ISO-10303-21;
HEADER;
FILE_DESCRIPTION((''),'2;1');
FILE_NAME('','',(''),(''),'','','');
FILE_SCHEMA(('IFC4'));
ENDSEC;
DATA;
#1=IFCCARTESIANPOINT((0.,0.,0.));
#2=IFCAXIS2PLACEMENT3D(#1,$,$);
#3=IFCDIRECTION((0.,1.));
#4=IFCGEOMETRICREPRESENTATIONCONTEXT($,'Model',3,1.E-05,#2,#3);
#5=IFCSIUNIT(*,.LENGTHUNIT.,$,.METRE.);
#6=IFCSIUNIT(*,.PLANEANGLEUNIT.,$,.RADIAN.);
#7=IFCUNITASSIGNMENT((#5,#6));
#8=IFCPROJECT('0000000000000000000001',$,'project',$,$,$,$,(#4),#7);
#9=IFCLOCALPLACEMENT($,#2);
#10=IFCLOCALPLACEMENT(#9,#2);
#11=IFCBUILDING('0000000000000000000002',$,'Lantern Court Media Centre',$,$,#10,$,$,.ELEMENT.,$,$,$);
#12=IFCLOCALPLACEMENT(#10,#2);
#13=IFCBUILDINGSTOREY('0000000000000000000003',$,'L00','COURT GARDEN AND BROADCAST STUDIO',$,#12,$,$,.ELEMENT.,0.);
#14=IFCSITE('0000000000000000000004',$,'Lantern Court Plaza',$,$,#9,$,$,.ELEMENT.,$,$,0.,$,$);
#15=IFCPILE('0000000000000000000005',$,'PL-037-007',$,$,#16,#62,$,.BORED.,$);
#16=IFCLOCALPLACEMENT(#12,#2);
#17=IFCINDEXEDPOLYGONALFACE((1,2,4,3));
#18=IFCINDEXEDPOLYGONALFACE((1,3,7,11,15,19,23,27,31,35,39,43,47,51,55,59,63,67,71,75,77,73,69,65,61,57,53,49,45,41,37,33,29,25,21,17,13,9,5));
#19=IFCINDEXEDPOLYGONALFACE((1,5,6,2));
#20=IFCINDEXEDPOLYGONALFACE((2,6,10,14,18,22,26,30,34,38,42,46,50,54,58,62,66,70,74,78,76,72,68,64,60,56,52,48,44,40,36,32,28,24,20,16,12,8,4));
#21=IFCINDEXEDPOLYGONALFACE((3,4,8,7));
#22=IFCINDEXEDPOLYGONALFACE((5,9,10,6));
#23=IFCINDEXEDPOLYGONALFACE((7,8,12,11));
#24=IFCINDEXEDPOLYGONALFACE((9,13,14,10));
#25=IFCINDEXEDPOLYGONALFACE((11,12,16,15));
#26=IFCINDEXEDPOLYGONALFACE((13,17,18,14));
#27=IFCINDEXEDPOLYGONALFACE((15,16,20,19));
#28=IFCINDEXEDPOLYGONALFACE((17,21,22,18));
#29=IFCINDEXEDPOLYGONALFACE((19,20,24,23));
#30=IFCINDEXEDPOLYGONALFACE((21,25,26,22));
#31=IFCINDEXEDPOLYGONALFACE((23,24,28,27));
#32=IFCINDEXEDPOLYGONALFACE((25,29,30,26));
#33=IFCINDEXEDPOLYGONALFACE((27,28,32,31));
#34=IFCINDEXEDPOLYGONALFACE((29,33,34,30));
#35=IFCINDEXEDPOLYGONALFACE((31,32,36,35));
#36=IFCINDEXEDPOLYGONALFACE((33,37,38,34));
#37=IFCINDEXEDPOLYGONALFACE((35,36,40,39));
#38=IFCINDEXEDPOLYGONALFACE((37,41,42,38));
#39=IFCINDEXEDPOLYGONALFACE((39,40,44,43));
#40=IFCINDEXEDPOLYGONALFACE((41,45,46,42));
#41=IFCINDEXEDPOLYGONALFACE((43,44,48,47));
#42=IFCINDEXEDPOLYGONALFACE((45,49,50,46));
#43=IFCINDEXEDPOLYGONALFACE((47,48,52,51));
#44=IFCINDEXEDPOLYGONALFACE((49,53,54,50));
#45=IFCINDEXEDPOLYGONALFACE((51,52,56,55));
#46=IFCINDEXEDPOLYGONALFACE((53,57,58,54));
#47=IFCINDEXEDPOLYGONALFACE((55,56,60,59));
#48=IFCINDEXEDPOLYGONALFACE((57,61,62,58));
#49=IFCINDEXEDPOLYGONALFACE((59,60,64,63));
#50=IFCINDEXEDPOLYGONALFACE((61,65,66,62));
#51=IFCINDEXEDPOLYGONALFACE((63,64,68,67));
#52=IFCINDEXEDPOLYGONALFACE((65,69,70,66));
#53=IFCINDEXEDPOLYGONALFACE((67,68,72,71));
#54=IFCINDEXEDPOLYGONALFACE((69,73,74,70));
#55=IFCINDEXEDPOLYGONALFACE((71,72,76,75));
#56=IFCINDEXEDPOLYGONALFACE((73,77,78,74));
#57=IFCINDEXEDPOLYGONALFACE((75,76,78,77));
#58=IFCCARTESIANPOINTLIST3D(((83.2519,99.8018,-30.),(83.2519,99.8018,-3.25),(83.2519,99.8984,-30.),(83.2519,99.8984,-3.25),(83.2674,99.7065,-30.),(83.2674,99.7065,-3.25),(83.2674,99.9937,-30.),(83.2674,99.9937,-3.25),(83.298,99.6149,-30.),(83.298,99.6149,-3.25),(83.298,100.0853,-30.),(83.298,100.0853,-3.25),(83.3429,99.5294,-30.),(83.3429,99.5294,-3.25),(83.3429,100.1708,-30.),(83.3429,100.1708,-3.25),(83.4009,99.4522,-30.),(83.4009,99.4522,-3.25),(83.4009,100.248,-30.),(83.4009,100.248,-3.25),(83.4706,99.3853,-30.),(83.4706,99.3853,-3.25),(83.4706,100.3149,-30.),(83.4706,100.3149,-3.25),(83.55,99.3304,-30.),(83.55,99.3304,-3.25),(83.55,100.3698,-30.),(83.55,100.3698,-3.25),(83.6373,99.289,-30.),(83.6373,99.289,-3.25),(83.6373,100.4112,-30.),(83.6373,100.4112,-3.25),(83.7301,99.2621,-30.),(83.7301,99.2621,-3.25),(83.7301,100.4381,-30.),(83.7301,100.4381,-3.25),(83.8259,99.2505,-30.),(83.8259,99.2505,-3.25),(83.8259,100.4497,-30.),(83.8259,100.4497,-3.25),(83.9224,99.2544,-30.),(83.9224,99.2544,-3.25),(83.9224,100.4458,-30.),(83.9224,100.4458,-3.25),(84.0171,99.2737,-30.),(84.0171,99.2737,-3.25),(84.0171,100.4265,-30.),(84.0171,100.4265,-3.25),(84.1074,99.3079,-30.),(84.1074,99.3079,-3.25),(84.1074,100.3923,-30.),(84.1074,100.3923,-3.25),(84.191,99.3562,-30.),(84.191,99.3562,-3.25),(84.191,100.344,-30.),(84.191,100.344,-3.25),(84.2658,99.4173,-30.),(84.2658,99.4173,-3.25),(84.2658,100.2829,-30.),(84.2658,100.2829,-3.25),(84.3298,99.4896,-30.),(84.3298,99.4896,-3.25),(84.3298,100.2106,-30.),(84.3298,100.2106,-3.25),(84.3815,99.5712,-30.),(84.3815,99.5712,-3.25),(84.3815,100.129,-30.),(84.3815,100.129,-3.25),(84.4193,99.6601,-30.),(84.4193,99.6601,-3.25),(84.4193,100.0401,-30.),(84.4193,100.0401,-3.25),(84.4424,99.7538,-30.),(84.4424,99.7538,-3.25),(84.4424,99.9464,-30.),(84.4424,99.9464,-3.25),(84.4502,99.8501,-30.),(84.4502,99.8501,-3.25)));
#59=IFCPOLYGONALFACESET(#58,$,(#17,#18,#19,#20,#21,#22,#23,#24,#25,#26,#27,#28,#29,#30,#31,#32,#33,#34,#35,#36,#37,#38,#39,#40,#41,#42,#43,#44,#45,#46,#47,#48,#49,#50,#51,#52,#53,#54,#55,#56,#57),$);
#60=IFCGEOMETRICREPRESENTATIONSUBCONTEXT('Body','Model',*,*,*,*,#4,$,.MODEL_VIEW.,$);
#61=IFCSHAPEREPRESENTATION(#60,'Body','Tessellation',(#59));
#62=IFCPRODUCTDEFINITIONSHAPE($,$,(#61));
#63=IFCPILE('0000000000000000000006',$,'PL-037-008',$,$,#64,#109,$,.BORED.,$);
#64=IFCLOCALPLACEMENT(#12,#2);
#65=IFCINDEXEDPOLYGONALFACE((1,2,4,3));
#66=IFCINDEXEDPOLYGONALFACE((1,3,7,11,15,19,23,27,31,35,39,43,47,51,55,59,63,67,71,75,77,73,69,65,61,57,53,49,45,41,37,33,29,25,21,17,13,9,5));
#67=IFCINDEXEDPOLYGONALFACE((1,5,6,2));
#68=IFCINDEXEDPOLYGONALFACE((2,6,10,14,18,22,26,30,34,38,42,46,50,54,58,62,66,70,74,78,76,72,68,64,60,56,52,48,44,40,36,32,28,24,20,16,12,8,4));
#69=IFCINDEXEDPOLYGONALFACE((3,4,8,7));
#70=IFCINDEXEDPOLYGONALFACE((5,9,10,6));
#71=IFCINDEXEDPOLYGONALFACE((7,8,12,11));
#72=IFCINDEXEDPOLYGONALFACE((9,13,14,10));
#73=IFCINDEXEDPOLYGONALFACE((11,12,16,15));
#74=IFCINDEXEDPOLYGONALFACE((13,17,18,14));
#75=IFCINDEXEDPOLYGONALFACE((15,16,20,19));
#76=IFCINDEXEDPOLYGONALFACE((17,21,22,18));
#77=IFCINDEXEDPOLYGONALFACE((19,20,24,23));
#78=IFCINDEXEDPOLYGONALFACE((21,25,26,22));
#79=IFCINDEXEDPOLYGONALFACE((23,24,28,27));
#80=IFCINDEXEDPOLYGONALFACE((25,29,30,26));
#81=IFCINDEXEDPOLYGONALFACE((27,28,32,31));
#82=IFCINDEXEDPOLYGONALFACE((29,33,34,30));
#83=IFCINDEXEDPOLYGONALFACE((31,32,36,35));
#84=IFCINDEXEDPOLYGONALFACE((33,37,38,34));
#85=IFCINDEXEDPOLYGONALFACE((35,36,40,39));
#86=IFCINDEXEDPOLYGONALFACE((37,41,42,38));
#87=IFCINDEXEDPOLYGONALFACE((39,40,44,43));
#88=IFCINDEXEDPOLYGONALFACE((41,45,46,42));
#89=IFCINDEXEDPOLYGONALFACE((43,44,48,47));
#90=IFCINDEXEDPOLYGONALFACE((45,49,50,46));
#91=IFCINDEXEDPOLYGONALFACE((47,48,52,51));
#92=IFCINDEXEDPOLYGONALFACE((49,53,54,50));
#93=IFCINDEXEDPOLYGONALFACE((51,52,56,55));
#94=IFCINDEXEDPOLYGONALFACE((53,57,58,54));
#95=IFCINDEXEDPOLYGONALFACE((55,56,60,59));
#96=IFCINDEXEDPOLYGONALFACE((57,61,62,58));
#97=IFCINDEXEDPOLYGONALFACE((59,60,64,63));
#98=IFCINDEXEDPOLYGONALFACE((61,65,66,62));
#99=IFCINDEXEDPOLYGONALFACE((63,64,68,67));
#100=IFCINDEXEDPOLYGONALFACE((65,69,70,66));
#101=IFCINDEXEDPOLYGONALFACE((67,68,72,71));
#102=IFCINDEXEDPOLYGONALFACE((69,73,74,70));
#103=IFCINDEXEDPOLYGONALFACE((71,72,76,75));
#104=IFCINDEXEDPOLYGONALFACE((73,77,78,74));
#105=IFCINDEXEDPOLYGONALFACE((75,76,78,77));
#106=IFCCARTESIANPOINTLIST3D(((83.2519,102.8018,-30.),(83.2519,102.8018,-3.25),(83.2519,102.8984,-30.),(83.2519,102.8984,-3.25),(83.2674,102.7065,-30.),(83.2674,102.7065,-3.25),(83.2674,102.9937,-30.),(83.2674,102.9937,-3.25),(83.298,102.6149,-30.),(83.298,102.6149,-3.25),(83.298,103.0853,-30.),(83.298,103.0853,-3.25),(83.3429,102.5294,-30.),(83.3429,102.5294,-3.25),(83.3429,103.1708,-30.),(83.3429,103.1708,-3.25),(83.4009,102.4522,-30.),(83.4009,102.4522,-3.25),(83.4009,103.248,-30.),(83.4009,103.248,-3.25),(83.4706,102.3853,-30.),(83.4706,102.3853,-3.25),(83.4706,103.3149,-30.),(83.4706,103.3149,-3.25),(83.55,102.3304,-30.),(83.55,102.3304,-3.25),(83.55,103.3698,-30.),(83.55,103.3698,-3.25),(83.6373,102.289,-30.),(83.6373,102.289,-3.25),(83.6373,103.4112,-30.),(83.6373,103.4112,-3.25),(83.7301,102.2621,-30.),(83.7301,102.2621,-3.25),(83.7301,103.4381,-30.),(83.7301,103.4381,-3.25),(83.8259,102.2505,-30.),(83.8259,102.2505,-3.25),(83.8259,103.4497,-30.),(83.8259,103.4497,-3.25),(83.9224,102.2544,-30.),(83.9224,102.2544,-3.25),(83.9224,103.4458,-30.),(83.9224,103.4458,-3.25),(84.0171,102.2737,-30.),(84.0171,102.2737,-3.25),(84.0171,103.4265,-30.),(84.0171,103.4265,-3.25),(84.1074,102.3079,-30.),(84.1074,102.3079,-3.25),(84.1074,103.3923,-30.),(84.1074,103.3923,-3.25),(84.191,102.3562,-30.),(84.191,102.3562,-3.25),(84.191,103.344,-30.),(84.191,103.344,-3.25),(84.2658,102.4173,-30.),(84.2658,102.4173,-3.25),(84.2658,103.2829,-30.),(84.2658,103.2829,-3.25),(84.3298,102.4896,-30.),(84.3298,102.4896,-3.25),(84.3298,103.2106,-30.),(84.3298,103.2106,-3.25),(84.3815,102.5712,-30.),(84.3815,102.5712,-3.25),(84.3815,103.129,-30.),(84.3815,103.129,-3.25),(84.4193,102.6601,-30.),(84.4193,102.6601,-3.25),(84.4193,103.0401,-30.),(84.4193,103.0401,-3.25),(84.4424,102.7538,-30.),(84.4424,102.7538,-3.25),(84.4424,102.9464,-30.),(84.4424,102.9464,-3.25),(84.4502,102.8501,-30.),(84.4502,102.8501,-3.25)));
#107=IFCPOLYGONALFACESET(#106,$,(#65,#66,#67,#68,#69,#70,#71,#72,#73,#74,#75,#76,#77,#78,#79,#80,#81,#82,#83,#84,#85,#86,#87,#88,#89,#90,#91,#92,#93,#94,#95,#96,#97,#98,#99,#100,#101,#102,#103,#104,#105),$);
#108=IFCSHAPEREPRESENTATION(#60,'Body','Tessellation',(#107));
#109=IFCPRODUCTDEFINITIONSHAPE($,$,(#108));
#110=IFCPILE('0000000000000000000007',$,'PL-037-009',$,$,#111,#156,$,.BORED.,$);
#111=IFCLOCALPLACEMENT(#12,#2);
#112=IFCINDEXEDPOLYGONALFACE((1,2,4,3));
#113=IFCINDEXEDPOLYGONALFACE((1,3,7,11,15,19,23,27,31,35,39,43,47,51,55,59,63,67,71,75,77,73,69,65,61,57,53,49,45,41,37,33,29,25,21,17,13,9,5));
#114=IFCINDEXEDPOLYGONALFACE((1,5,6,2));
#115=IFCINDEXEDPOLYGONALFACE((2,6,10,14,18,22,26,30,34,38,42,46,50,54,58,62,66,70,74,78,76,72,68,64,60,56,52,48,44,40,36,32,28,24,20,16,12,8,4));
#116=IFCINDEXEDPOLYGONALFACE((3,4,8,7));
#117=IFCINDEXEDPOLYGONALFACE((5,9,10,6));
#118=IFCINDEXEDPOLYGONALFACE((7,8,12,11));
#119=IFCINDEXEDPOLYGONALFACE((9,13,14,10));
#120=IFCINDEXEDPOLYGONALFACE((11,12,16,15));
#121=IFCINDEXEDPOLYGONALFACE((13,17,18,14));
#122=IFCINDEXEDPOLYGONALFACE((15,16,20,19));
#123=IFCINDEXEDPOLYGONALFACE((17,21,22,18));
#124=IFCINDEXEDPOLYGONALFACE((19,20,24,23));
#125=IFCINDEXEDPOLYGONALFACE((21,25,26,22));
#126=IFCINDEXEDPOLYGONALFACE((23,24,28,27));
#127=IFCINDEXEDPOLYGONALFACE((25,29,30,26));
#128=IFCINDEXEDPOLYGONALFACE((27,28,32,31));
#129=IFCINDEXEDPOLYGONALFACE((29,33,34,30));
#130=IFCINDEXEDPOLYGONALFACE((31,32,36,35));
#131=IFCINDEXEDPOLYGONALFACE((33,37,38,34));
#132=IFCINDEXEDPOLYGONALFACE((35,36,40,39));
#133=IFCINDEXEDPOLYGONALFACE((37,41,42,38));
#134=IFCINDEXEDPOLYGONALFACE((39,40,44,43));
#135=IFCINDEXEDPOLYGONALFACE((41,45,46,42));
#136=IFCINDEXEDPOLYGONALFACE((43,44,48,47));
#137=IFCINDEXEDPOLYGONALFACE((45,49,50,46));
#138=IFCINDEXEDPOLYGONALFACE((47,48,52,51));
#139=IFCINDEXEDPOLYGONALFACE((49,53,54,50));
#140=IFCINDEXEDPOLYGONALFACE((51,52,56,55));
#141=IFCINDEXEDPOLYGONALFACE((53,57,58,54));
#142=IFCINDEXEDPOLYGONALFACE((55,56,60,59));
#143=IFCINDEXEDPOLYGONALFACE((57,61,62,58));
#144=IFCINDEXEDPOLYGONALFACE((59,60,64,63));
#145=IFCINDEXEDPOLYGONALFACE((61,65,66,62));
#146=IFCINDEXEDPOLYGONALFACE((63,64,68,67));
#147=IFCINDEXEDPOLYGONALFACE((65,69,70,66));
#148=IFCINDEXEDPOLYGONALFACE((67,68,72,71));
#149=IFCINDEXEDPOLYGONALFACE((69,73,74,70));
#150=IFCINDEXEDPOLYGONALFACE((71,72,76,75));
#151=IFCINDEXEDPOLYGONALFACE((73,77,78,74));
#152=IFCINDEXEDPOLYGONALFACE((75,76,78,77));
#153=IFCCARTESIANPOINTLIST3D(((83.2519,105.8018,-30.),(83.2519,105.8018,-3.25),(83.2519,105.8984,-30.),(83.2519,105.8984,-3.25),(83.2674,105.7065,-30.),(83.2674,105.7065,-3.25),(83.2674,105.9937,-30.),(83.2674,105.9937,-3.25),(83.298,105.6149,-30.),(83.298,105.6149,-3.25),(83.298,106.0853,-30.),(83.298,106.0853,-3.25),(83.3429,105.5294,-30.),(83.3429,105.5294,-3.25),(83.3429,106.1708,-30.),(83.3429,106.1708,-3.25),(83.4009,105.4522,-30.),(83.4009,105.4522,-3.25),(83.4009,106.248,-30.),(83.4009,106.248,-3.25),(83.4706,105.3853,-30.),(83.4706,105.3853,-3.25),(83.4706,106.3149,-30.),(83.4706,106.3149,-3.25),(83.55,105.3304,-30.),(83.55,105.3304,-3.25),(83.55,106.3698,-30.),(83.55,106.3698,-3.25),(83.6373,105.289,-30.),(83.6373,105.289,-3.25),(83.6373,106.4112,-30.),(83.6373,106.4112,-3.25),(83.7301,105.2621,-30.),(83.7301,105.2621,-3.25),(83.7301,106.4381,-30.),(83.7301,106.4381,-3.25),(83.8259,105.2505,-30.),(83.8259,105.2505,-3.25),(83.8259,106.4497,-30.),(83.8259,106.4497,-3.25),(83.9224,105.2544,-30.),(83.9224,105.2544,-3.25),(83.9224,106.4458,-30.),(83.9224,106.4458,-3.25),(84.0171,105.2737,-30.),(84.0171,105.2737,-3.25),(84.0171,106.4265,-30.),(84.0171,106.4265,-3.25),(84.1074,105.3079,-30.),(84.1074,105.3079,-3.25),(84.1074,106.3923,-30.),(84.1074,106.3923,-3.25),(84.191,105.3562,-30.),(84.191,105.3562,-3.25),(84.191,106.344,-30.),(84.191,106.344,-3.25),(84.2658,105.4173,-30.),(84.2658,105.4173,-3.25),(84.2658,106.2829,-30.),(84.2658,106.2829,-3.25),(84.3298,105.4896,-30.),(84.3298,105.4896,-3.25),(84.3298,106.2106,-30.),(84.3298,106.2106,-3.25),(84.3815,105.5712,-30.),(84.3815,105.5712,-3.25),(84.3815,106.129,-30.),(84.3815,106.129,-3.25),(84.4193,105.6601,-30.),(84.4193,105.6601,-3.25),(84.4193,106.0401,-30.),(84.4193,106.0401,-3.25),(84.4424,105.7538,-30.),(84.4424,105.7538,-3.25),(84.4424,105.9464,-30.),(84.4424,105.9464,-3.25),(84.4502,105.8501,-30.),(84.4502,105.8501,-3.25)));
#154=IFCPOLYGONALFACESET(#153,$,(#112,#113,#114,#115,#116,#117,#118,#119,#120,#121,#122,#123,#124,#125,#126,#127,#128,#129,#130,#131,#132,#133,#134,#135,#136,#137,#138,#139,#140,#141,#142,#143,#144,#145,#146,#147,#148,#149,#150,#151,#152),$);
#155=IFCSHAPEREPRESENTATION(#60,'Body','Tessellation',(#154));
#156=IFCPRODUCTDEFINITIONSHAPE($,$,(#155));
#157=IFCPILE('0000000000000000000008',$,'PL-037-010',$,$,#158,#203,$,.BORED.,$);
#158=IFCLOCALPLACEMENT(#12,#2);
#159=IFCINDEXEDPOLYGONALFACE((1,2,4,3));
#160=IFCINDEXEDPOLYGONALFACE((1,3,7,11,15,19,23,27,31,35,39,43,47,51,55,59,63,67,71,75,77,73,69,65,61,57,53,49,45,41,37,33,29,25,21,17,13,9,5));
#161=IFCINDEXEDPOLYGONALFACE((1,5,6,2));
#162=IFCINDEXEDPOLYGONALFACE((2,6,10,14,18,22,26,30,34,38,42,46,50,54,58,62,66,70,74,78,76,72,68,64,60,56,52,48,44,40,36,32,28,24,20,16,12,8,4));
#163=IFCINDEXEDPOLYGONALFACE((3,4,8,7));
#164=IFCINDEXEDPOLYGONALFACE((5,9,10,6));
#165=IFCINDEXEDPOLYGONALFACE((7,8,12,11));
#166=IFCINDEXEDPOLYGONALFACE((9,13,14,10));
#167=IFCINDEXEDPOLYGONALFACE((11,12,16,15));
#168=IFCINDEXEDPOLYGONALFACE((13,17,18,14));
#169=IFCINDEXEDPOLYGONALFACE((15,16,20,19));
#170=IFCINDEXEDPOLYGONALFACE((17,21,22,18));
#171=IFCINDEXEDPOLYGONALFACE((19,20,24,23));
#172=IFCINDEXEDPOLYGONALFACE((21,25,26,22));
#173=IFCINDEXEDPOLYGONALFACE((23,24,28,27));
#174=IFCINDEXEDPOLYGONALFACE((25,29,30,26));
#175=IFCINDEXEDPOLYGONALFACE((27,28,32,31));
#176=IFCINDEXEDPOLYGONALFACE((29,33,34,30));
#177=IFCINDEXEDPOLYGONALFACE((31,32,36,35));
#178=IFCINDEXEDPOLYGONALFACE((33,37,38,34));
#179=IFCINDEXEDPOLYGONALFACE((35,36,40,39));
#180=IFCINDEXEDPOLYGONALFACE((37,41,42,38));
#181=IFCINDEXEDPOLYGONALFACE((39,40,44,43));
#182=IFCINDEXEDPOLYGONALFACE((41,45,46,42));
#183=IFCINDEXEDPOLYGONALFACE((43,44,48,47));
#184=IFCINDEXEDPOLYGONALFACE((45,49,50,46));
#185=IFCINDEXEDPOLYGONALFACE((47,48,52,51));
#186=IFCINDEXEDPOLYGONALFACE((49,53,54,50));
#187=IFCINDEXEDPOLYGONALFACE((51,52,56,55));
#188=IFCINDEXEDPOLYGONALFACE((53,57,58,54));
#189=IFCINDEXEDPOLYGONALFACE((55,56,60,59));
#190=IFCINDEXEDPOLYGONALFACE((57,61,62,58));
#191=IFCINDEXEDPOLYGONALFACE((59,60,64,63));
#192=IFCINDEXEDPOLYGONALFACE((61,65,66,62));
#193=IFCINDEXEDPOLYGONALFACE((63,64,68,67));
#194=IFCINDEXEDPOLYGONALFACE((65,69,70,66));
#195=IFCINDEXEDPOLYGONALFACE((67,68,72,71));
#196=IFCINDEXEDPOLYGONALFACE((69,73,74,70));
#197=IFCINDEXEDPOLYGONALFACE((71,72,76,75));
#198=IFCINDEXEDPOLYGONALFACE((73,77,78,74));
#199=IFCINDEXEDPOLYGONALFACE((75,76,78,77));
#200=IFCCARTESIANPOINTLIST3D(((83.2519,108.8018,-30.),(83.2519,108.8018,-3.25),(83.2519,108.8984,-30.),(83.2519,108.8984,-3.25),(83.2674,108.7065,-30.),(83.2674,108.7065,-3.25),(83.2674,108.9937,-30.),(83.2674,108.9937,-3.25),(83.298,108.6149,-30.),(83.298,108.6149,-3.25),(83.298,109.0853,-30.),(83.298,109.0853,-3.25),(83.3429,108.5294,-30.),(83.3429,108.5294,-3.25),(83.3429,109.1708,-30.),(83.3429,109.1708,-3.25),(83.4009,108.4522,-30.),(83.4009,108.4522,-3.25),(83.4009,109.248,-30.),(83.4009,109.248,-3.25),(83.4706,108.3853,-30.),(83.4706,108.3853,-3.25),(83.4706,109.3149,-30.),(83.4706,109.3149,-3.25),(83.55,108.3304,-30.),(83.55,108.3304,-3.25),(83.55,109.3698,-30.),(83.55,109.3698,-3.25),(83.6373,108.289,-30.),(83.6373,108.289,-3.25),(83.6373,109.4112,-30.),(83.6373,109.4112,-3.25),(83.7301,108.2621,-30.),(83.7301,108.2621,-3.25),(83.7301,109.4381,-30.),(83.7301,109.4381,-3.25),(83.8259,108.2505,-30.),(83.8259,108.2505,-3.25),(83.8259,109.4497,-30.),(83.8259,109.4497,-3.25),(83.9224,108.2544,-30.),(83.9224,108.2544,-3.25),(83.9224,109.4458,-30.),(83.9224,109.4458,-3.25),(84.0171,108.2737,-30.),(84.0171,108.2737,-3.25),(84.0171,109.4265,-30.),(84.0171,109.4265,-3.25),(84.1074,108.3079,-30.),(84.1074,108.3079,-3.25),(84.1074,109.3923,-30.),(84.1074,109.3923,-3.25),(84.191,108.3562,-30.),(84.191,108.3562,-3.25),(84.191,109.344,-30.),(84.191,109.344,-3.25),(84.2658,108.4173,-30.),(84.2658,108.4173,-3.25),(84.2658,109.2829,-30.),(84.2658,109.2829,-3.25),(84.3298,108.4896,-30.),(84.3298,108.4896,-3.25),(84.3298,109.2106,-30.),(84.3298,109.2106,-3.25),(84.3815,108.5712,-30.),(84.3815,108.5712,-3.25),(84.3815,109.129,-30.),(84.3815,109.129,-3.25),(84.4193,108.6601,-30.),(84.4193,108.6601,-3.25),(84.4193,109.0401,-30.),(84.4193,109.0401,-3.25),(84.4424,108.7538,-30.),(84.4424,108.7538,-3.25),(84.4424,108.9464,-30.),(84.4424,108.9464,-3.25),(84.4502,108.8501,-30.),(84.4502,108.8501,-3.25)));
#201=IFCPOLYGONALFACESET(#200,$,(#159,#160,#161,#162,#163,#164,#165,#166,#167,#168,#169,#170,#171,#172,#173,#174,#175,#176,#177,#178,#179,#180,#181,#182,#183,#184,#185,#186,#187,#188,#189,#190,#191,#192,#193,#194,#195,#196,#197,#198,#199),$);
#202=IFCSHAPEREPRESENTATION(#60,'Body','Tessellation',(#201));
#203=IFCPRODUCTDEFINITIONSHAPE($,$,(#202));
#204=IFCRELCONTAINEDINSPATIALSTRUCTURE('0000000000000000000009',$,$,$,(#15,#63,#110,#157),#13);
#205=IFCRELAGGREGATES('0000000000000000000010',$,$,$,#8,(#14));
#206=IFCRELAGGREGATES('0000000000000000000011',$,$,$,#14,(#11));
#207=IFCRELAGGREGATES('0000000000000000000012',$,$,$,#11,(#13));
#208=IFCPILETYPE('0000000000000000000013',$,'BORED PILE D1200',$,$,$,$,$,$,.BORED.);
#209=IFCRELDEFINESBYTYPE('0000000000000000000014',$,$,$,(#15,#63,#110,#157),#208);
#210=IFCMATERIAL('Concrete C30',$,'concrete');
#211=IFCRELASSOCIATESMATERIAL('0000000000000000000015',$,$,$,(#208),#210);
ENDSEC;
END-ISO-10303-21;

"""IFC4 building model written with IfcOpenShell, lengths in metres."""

from ifc_helpers import new_model, si_unit, direction, frame, origin, origin_2d, place, context, subcontext, project, spatial, circle, extrude, material, material_profile, profile_set, type_object, element, save


model = new_model("IFC4")

# Units and contexts
model_context = context("Model", 3, precision=1e-05, world=origin(), true_north=direction((0.0, 1.0)))
body_context = subcontext(model_context, "Body", "Model", "MODEL_VIEW")
ifc_project = project(units=[si_unit("LENGTHUNIT", "METRE"), si_unit("PLANEANGLEUNIT", "RADIAN")], contexts=[model_context])

# Site, building, storey
site_placement = place(None, origin())
site = spatial("IfcSite", under=ifc_project, at=site_placement, Name="Lantern Court Plaza", CompositionType="ELEMENT", RefElevation=0.0)
building_placement = place(site_placement, origin())
building = spatial("IfcBuilding", under=site, at=building_placement, Name="Lantern Court Media Centre", CompositionType="ELEMENT")
storey_placement = place(building_placement, origin())
storey = spatial("IfcBuildingStorey", under=building, at=storey_placement, Name="L00", Description="COURT GARDEN AND BROADCAST STUDIO", CompositionType="ELEMENT", Elevation=0.0)

# Piles
ifc_material_1 = material(Name="Concrete C30", Category="concrete")
ifc_material_profile = material_profile(ifc_material_1, circle(Radius=0.6001, at=origin_2d()), Name="D1200")
ifc_profile_set = profile_set([ifc_material_profile], Name="Concrete C30")
pile_type = type_object("IfcPileType", Name="BORED PILE D1200", PredefinedType="BORED", material=ifc_profile_set)
for number, where, z_axis, x_axis, name in (
    (1, (83.8501, 99.8501, -3.25), (0.0, 0.0, -1.0), (1.0, 0.0, 0.0), "PL-037-007"),
    (2, (83.8501, 102.8501, -3.25), (0.0, 0.0, -1.0), (1.0, 0.0, 0.0), "PL-037-008"),
    (3, (83.8501, 105.8501, -3.25), (0.0, 0.0, -1.0), (1.0, 0.0, 0.0), "PL-037-009"),
    (4, (83.8501, 108.8501, -3.25), (0.0, 0.0, -1.0), (1.0, 0.0, 0.0), "PL-037-010"),
):
    element("IfcPile", number, at=place(storey_placement, frame(where, z_axis=z_axis, x_axis=x_axis)), inside=storey, type_object=pile_type, Name=name, PredefinedType="BORED", context=body_context, shape_type="SweptSolid", body=[
        extrude(circle(Radius=0.6001, at=origin_2d()), origin(), (0.0, 0.0, 1.0), 26.75),
    ])

save(model, "model.ifc")
